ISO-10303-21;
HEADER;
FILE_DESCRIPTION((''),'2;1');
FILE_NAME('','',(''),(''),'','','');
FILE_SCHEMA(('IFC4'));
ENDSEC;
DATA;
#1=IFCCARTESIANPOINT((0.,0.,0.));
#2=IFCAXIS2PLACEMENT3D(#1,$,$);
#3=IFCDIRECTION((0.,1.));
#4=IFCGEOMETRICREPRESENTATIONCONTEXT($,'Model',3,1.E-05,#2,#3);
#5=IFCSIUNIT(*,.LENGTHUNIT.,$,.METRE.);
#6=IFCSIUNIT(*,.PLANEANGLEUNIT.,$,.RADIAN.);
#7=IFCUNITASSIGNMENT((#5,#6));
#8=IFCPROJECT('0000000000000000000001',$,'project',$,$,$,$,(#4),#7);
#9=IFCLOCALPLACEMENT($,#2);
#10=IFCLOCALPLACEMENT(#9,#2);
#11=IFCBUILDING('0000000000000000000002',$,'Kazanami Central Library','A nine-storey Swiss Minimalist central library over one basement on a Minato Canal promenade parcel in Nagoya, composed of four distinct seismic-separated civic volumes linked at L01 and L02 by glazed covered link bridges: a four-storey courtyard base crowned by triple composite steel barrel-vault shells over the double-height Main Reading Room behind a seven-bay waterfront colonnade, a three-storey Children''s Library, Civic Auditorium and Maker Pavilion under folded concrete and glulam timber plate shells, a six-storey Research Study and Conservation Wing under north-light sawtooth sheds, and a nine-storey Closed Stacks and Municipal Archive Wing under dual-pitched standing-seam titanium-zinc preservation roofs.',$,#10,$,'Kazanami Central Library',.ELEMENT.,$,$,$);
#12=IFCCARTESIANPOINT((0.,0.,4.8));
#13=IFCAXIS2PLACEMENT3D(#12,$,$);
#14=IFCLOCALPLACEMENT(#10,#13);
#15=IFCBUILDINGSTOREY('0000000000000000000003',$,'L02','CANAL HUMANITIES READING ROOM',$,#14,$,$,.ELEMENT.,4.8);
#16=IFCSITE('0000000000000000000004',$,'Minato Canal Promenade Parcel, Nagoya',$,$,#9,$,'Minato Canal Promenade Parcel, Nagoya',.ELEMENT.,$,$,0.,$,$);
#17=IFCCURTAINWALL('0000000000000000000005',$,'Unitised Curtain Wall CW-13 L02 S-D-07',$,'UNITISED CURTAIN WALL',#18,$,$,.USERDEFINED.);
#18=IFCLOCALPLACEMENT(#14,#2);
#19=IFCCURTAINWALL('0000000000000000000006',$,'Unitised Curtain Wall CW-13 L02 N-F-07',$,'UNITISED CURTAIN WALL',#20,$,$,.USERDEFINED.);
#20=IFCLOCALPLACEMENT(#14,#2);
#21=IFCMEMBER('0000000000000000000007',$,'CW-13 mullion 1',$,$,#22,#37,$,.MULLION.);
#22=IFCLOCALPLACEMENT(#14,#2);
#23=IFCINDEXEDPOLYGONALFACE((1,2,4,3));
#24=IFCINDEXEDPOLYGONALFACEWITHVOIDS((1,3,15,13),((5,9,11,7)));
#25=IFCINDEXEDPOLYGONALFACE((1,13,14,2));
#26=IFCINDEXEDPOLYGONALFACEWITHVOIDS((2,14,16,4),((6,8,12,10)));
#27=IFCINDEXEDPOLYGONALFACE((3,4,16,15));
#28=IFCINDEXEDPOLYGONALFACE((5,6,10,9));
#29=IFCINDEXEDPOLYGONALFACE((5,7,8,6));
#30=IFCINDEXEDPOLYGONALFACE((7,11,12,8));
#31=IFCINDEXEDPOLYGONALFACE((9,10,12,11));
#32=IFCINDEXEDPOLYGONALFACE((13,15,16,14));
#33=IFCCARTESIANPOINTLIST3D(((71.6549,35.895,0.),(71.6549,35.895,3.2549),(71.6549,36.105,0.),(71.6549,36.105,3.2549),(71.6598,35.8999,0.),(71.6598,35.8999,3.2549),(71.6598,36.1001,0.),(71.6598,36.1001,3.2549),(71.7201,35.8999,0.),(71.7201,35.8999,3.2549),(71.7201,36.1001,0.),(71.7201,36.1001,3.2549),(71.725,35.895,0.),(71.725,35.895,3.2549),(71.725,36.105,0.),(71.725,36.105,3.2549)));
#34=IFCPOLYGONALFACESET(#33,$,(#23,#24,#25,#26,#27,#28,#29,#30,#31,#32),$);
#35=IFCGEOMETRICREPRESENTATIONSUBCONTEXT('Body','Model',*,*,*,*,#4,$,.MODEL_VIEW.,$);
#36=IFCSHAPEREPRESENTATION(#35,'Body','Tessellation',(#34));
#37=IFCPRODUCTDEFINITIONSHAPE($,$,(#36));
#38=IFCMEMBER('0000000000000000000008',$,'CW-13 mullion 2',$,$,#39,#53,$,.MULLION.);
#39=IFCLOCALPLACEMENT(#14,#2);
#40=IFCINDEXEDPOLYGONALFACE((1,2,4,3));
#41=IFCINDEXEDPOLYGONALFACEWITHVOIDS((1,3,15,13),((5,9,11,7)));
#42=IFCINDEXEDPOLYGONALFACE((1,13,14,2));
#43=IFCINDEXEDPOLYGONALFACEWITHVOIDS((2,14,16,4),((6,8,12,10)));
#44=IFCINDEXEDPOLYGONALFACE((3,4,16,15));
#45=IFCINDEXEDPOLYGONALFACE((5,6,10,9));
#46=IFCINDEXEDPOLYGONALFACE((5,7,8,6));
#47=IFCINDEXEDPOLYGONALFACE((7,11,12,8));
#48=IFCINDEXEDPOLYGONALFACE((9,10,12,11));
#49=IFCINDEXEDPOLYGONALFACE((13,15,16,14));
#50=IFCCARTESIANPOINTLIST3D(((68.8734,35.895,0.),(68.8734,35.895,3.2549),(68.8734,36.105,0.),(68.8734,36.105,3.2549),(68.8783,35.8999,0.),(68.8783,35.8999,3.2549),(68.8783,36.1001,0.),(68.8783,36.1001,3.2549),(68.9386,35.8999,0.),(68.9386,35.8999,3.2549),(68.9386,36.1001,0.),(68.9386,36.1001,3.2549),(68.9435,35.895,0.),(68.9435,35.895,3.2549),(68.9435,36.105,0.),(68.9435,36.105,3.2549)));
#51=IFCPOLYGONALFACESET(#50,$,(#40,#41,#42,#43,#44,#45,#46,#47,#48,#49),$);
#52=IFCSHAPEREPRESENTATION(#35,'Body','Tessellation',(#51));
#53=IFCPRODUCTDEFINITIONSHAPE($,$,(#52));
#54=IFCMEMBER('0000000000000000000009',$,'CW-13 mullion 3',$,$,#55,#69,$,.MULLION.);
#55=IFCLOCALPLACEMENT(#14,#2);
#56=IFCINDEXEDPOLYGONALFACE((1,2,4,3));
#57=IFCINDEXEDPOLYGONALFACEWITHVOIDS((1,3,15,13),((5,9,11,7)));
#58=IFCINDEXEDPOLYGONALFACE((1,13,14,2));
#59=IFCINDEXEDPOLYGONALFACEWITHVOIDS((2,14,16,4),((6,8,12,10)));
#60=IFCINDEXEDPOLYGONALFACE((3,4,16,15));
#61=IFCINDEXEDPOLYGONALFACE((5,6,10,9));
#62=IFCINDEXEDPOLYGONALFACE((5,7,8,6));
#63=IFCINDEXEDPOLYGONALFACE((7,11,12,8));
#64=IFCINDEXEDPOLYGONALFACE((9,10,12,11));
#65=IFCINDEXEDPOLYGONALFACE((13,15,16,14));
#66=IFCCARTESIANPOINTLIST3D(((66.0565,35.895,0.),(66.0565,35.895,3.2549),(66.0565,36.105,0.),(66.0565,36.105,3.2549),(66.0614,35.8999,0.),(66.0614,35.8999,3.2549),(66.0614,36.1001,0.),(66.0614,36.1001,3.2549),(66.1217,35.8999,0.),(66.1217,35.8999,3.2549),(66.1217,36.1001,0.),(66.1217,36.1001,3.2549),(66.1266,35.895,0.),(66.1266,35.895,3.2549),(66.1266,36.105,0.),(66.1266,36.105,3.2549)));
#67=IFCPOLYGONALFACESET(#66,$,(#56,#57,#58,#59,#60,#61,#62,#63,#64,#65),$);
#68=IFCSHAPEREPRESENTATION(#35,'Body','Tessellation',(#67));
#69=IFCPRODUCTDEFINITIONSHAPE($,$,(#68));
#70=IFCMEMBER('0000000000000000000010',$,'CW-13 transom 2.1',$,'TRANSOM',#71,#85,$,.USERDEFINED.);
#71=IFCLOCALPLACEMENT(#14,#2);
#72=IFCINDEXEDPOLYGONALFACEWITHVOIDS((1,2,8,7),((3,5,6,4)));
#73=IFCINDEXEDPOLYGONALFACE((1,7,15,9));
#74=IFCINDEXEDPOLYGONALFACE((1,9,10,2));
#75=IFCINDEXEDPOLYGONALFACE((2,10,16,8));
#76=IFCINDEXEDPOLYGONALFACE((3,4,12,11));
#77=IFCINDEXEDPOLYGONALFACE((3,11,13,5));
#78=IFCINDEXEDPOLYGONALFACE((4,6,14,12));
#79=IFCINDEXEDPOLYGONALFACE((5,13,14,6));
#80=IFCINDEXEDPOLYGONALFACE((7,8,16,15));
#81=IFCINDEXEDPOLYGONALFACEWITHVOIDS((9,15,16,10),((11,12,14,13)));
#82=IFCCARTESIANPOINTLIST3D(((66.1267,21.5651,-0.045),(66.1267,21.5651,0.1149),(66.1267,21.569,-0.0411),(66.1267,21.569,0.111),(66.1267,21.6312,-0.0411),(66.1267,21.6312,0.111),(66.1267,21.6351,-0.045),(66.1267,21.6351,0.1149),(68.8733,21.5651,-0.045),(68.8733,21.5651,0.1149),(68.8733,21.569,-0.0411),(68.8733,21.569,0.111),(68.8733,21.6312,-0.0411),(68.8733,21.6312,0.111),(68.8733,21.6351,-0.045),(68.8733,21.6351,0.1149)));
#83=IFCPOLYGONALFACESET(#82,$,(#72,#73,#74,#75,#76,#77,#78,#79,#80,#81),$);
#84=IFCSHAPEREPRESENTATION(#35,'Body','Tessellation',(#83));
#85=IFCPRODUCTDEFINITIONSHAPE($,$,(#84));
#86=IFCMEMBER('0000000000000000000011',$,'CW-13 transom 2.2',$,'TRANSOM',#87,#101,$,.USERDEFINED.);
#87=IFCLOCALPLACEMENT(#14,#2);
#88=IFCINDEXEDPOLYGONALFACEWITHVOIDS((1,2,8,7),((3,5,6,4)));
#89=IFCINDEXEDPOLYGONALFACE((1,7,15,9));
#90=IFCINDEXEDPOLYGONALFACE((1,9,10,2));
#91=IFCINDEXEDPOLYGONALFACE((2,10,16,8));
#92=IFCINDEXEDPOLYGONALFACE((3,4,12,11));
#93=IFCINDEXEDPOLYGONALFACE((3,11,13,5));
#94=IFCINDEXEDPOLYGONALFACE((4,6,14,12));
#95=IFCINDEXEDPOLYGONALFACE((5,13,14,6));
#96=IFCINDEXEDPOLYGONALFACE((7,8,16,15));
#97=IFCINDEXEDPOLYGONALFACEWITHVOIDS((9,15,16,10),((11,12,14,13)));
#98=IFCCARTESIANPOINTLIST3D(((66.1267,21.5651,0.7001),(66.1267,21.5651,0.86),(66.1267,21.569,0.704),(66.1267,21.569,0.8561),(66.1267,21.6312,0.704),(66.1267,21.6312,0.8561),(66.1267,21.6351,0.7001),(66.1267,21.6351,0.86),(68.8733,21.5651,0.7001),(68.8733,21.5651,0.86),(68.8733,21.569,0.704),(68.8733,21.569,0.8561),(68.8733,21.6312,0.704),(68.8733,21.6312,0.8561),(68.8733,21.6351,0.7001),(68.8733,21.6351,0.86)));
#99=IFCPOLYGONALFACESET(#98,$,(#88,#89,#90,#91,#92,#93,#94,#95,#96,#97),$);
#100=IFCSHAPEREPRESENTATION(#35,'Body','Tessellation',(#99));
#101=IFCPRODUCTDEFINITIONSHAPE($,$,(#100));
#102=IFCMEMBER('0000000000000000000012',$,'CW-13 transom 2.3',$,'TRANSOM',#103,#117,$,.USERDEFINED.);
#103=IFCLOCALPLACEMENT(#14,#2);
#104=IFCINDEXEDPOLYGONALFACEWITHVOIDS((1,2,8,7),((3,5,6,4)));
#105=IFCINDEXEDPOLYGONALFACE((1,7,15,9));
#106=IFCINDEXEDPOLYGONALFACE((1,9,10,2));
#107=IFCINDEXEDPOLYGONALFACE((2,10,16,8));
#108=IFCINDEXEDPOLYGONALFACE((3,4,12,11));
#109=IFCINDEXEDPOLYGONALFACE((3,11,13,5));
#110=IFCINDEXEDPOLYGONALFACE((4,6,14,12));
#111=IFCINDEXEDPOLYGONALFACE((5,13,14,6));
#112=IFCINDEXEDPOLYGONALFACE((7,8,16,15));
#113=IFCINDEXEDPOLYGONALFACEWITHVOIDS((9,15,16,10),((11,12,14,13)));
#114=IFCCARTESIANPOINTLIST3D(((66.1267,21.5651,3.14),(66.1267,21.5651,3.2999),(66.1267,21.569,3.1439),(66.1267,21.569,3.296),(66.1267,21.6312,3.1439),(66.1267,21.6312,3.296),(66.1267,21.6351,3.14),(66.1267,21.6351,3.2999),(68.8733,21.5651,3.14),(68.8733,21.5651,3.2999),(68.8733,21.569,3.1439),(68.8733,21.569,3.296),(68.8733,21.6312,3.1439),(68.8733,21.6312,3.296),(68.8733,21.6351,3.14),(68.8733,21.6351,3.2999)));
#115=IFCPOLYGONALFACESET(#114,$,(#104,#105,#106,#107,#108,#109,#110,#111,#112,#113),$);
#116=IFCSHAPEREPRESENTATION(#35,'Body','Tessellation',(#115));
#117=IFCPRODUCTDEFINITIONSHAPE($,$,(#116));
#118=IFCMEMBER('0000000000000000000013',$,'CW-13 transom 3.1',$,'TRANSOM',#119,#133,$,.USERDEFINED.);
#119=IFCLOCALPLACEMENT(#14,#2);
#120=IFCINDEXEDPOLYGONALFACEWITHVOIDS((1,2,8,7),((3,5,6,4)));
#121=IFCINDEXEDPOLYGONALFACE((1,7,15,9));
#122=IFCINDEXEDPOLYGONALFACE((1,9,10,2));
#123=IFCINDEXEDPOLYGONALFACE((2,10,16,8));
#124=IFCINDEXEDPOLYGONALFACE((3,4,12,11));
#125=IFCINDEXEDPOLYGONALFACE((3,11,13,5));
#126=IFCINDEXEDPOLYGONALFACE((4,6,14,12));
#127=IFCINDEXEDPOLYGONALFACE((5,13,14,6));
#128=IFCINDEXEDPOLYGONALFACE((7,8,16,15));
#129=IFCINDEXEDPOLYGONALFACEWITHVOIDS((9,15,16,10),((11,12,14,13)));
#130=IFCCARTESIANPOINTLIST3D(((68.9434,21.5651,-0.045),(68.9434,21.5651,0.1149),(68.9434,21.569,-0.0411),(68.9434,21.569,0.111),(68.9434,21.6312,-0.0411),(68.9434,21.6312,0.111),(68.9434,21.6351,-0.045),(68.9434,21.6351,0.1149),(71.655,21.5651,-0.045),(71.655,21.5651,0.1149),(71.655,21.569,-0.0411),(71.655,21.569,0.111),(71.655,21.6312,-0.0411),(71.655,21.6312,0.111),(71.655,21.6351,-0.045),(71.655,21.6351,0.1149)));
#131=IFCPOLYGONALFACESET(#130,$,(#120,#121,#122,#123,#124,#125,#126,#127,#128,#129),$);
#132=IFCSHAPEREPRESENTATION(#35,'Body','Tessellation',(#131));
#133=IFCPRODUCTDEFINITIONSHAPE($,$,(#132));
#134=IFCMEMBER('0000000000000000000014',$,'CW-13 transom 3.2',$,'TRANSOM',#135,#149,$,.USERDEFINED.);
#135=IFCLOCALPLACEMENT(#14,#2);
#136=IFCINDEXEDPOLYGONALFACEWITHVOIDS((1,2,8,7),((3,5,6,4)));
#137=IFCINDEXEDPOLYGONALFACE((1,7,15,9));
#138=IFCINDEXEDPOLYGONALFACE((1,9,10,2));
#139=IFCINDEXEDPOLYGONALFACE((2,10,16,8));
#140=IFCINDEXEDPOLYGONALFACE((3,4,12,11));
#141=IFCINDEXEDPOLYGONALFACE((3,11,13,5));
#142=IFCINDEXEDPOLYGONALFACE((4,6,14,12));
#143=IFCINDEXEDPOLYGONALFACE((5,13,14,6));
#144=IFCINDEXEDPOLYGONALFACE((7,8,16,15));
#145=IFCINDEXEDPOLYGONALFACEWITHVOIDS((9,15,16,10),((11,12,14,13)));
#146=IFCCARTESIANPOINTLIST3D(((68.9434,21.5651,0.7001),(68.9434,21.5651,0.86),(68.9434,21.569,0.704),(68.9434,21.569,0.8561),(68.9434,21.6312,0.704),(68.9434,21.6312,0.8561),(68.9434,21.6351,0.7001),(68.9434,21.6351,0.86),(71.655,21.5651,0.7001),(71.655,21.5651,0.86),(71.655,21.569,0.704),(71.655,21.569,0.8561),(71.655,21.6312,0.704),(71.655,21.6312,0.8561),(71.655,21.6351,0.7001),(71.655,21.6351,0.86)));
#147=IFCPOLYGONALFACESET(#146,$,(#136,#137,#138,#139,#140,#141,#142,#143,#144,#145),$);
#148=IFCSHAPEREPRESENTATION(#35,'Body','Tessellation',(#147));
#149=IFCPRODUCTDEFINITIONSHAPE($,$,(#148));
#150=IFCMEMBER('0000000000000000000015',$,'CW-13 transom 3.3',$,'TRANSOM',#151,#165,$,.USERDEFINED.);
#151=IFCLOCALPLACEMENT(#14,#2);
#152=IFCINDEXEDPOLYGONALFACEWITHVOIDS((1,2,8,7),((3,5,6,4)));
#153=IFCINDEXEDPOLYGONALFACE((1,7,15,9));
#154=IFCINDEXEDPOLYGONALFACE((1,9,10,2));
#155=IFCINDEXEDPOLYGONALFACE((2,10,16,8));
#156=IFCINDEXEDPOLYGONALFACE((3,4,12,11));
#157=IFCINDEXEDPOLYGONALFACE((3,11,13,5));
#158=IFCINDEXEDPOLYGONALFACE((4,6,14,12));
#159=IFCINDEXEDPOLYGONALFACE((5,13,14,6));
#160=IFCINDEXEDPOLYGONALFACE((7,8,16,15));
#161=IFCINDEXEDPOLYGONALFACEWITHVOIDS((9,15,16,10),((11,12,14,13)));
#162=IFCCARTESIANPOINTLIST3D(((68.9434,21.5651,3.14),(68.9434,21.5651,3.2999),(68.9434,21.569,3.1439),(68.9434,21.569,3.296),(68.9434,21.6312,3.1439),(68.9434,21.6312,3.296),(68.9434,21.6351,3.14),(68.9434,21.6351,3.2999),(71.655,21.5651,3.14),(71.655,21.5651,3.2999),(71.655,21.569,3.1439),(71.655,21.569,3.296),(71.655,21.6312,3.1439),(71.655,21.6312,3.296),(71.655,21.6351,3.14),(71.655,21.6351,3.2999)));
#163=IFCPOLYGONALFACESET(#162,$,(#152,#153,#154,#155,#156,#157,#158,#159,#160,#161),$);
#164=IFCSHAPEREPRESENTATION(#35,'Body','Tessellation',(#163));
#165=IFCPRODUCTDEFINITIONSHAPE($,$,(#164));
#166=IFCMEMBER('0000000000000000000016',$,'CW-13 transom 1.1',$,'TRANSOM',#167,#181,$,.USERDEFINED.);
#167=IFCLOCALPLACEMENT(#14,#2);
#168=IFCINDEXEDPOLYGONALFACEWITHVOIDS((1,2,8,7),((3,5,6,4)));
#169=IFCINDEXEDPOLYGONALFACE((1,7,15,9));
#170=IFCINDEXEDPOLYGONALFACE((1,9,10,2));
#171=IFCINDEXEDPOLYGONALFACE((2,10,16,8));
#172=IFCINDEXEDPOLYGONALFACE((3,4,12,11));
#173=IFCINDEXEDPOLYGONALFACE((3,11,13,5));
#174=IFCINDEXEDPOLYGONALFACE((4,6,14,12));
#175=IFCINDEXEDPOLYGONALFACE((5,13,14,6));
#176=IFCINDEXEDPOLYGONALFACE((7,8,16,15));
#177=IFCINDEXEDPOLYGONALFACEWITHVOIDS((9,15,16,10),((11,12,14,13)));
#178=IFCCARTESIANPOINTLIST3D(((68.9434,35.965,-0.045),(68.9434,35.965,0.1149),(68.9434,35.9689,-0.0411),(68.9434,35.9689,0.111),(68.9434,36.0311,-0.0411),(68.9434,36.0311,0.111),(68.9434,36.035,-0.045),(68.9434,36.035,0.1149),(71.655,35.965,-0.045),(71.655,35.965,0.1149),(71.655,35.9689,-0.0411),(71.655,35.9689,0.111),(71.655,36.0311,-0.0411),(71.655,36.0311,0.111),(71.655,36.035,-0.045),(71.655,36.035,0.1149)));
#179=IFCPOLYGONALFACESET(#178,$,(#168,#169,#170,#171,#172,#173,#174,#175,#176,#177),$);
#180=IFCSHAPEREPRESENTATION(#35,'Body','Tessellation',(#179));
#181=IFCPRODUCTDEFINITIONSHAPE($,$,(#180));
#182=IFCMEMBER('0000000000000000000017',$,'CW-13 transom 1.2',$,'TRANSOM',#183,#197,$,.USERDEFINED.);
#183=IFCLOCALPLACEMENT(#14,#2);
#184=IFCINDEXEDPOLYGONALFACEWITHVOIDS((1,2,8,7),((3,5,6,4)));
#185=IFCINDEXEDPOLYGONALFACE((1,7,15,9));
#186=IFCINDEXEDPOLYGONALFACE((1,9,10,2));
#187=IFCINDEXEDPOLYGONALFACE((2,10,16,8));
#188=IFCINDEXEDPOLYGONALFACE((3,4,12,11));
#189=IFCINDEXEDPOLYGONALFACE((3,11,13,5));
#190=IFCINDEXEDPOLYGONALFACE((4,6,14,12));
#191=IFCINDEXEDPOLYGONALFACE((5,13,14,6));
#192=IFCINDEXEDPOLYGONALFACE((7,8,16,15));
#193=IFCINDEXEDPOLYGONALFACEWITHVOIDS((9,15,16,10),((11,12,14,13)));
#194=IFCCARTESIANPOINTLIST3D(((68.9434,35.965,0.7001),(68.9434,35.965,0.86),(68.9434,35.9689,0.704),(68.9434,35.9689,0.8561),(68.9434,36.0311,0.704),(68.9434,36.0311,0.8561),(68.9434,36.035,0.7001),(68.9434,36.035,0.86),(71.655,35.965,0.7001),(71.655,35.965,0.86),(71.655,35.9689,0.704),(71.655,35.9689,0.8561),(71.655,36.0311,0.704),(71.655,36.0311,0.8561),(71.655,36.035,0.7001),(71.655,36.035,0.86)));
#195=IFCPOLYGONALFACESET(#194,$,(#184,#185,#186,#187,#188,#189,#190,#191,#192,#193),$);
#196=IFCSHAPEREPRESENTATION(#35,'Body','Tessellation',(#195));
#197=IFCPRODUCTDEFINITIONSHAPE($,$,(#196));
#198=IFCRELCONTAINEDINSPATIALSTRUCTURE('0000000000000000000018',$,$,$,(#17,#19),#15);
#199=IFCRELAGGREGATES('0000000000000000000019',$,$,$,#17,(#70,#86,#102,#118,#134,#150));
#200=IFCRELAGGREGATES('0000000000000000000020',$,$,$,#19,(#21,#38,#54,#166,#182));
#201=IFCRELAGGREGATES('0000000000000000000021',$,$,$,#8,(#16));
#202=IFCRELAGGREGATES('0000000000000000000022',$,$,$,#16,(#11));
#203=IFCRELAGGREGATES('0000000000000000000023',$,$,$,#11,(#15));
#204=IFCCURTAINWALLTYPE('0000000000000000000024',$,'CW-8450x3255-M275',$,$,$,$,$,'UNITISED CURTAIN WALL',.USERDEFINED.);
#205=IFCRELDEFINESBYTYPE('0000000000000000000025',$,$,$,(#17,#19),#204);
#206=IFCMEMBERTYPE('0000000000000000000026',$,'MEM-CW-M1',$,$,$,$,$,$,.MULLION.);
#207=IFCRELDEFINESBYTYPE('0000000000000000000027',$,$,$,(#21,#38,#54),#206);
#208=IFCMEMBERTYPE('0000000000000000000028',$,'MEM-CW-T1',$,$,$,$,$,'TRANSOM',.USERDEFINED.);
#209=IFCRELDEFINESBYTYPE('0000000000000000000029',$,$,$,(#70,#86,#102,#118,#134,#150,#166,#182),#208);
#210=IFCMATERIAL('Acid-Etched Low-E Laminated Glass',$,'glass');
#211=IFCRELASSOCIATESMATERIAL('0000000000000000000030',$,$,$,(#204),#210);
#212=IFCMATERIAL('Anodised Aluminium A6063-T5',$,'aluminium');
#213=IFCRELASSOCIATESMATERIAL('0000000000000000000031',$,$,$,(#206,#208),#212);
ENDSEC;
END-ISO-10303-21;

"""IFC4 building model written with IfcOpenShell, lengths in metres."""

from ifc_helpers import new_model, si_unit, direction, frame, origin, origin_2d, place, context, subcontext, project, spatial, hollow_rectangle, extrude, material, material_profile, profile_set, type_object, element, aggregate, save


model = new_model("IFC4")

# Units and contexts
model_context = context("Model", 3, precision=1e-05, world=origin(), true_north=direction((0.0, 1.0)))
body_context = subcontext(model_context, "Body", "Model", "MODEL_VIEW")
ifc_project = project(units=[si_unit("LENGTHUNIT", "METRE"), si_unit("PLANEANGLEUNIT", "RADIAN")], contexts=[model_context])

# Site, building, storey
site_placement = place(None, origin())
site = spatial("IfcSite", under=ifc_project, at=site_placement, Name="Minato Canal Promenade Parcel, Nagoya", LongName="Minato Canal Promenade Parcel, Nagoya", CompositionType="ELEMENT", RefElevation=0.0)
building_placement = place(site_placement, origin())
building = spatial("IfcBuilding", under=site, at=building_placement, Name="Kazanami Central Library", Description="A nine-storey Swiss Minimalist central library over one basement on a Minato Canal promenade parcel in Nagoya, composed of four distinct seismic-separated civic volumes linked at L01 and L02 by glazed covered link bridges: a four-storey courtyard base crowned by triple composite steel barrel-vault shells over the double-height Main Reading Room behind a seven-bay waterfront colonnade, a three-storey Children's Library, Civic Auditorium and Maker Pavilion under folded concrete and glulam timber plate shells, a six-storey Research Study and Conservation Wing under north-light sawtooth sheds, and a nine-storey Closed Stacks and Municipal Archive Wing under dual-pitched standing-seam titanium-zinc preservation roofs.", LongName="Kazanami Central Library", CompositionType="ELEMENT")
storey_placement = place(building_placement, frame((0.0, 0.0, 4.8)))
storey = spatial("IfcBuildingStorey", under=building, at=storey_placement, Name="L02", Description="CANAL HUMANITIES READING ROOM", CompositionType="ELEMENT", Elevation=4.8)

# Curtain walls, members
ifc_material_1 = material(Name="Acid-Etched Low-E Laminated Glass", Category="glass")
curtain_wall_type = type_object("IfcCurtainWallType", Name="CW-8450x3255-M275", ElementType="UNITISED CURTAIN WALL", PredefinedType="USERDEFINED", material=ifc_material_1)
curtain_wall_1_placement = place(storey_placement, origin())
curtain_wall_1 = element("IfcCurtainWall", 1, at=curtain_wall_1_placement, inside=storey, type_object=curtain_wall_type, Name="Unitised Curtain Wall CW-13 L02 S-D-07", ObjectType="UNITISED CURTAIN WALL", PredefinedType="USERDEFINED")
ifc_material_2 = material(Name="Anodised Aluminium A6063-T5", Category="aluminium")
ifc_material_profile_1 = material_profile(ifc_material_2, hollow_rectangle(XDim=0.0701, YDim=0.21, WallThickness=0.0049, at=origin_2d()), Name="ALU-MULL-70x210x5")
ifc_profile_set_1 = profile_set([ifc_material_profile_1], Name="Anodised Aluminium A6063-T5")
member_type_1 = type_object("IfcMemberType", Name="MEM-CW-M1", PredefinedType="MULLION", material=ifc_profile_set_1)
curtain_wall_2_placement = place(storey_placement, origin())
curtain_wall_2 = element("IfcCurtainWall", 2, at=curtain_wall_2_placement, inside=storey, type_object=curtain_wall_type, Name="Unitised Curtain Wall CW-13 L02 N-F-07", ObjectType="UNITISED CURTAIN WALL", PredefinedType="USERDEFINED")
member_1_placement = place(storey_placement, frame((71.6899, 36.0, 0.0), z_axis=(0.0, 0.0, 1.0), x_axis=(-1.0, 0.0, 0.0)))
member_1 = element("IfcMember", 3, at=member_1_placement, type_object=member_type_1, Name="CW-13 mullion 1", PredefinedType="MULLION", context=body_context, shape_type="SweptSolid", body=[
    extrude(hollow_rectangle(XDim=0.0701, YDim=0.21, WallThickness=0.0049, at=origin_2d()), origin(), (0.0, 0.0, 1.0), 3.2549),
])
member_2_placement = place(storey_placement, frame((68.9084, 36.0, 0.0), z_axis=(0.0, 0.0, 1.0), x_axis=(-1.0, 0.0, 0.0)))
member_2 = element("IfcMember", 4, at=member_2_placement, type_object=member_type_1, Name="CW-13 mullion 2", PredefinedType="MULLION", context=body_context, shape_type="SweptSolid", body=[
    extrude(hollow_rectangle(XDim=0.0701, YDim=0.21, WallThickness=0.0049, at=origin_2d()), origin(), (0.0, 0.0, 1.0), 3.2549),
])
member_3_placement = place(storey_placement, frame((66.0916, 36.0, 0.0), z_axis=(0.0, 0.0, 1.0), x_axis=(-1.0, 0.0, 0.0)))
member_3 = element("IfcMember", 5, at=member_3_placement, type_object=member_type_1, Name="CW-13 mullion 3", PredefinedType="MULLION", context=body_context, shape_type="SweptSolid", body=[
    extrude(hollow_rectangle(XDim=0.0701, YDim=0.21, WallThickness=0.0049, at=origin_2d()), origin(), (0.0, 0.0, 1.0), 3.2549),
])

# Members
ifc_material_profile_2 = material_profile(ifc_material_2, hollow_rectangle(XDim=0.0701, YDim=0.1599, WallThickness=0.0039, at=origin_2d()), Name="ALU-TRAN-70x160x4")
ifc_profile_set_2 = profile_set([ifc_material_profile_2], Name="Anodised Aluminium A6063-T5")
member_type_2 = type_object("IfcMemberType", Name="MEM-CW-T1", ElementType="TRANSOM", PredefinedType="USERDEFINED", material=ifc_profile_set_2)
member_4_placement = place(storey_placement, frame((66.1267, 21.6001, 0.0349), z_axis=(1.0, 0.0, 0.0), x_axis=(0.0, 1.0, 0.0)))
member_4 = element("IfcMember", 6, at=member_4_placement, type_object=member_type_2, Name="CW-13 transom 2.1", ObjectType="TRANSOM", PredefinedType="USERDEFINED", context=body_context, shape_type="SweptSolid", body=[
    extrude(hollow_rectangle(XDim=0.0701, YDim=0.1599, WallThickness=0.0039, at=origin_2d()), origin(), (0.0, 0.0, 1.0), 2.7466),
])
member_5_placement = place(storey_placement, frame((66.1267, 21.6001, 0.78), z_axis=(1.0, 0.0, 0.0), x_axis=(0.0, 1.0, 0.0)))
member_5 = element("IfcMember", 7, at=member_5_placement, type_object=member_type_2, Name="CW-13 transom 2.2", ObjectType="TRANSOM", PredefinedType="USERDEFINED", context=body_context, shape_type="SweptSolid", body=[
    extrude(hollow_rectangle(XDim=0.0701, YDim=0.1599, WallThickness=0.0039, at=origin_2d()), origin(), (0.0, 0.0, 1.0), 2.7466),
])
member_6_placement = place(storey_placement, frame((66.1267, 21.6001, 3.22), z_axis=(1.0, 0.0, 0.0), x_axis=(0.0, 1.0, 0.0)))
member_6 = element("IfcMember", 8, at=member_6_placement, type_object=member_type_2, Name="CW-13 transom 2.3", ObjectType="TRANSOM", PredefinedType="USERDEFINED", context=body_context, shape_type="SweptSolid", body=[
    extrude(hollow_rectangle(XDim=0.0701, YDim=0.1599, WallThickness=0.0039, at=origin_2d()), origin(), (0.0, 0.0, 1.0), 2.7466),
])
member_7_placement = place(storey_placement, frame((68.9434, 21.6001, 0.0349), z_axis=(1.0, 0.0, 0.0), x_axis=(0.0, 1.0, 0.0)))
member_7 = element("IfcMember", 9, at=member_7_placement, type_object=member_type_2, Name="CW-13 transom 3.1", ObjectType="TRANSOM", PredefinedType="USERDEFINED", context=body_context, shape_type="SweptSolid", body=[
    extrude(hollow_rectangle(XDim=0.0701, YDim=0.1599, WallThickness=0.0039, at=origin_2d()), origin(), (0.0, 0.0, 1.0), 2.7117),
])
member_8_placement = place(storey_placement, frame((68.9434, 21.6001, 0.78), z_axis=(1.0, 0.0, 0.0), x_axis=(0.0, 1.0, 0.0)))
member_8 = element("IfcMember", 10, at=member_8_placement, type_object=member_type_2, Name="CW-13 transom 3.2", ObjectType="TRANSOM", PredefinedType="USERDEFINED", context=body_context, shape_type="SweptSolid", body=[
    extrude(hollow_rectangle(XDim=0.0701, YDim=0.1599, WallThickness=0.0039, at=origin_2d()), origin(), (0.0, 0.0, 1.0), 2.7117),
])
member_9_placement = place(storey_placement, frame((68.9434, 21.6001, 3.22), z_axis=(1.0, 0.0, 0.0), x_axis=(0.0, 1.0, 0.0)))
member_9 = element("IfcMember", 11, at=member_9_placement, type_object=member_type_2, Name="CW-13 transom 3.3", ObjectType="TRANSOM", PredefinedType="USERDEFINED", context=body_context, shape_type="SweptSolid", body=[
    extrude(hollow_rectangle(XDim=0.0701, YDim=0.1599, WallThickness=0.0039, at=origin_2d()), origin(), (0.0, 0.0, 1.0), 2.7117),
])
member_10_placement = place(storey_placement, frame((71.655, 36.0, 0.0349), z_axis=(-1.0, 0.0, 0.0), x_axis=(0.0, -1.0, 0.0)))
member_10 = element("IfcMember", 12, at=member_10_placement, type_object=member_type_2, Name="CW-13 transom 1.1", ObjectType="TRANSOM", PredefinedType="USERDEFINED", context=body_context, shape_type="SweptSolid", body=[
    extrude(hollow_rectangle(XDim=0.0701, YDim=0.1599, WallThickness=0.0039, at=origin_2d()), origin(), (0.0, 0.0, 1.0), 2.7117),
])
member_11_placement = place(storey_placement, frame((71.655, 36.0, 0.78), z_axis=(-1.0, 0.0, 0.0), x_axis=(0.0, -1.0, 0.0)))
member_11 = element("IfcMember", 13, at=member_11_placement, type_object=member_type_2, Name="CW-13 transom 1.2", ObjectType="TRANSOM", PredefinedType="USERDEFINED", context=body_context, shape_type="SweptSolid", body=[
    extrude(hollow_rectangle(XDim=0.0701, YDim=0.1599, WallThickness=0.0039, at=origin_2d()), origin(), (0.0, 0.0, 1.0), 2.7117),
])

aggregate(curtain_wall_1, [member_4, member_5, member_6, member_7, member_8, member_9])
aggregate(curtain_wall_2, [member_1, member_2, member_3, member_10, member_11])

save(model, "model.ifc")
